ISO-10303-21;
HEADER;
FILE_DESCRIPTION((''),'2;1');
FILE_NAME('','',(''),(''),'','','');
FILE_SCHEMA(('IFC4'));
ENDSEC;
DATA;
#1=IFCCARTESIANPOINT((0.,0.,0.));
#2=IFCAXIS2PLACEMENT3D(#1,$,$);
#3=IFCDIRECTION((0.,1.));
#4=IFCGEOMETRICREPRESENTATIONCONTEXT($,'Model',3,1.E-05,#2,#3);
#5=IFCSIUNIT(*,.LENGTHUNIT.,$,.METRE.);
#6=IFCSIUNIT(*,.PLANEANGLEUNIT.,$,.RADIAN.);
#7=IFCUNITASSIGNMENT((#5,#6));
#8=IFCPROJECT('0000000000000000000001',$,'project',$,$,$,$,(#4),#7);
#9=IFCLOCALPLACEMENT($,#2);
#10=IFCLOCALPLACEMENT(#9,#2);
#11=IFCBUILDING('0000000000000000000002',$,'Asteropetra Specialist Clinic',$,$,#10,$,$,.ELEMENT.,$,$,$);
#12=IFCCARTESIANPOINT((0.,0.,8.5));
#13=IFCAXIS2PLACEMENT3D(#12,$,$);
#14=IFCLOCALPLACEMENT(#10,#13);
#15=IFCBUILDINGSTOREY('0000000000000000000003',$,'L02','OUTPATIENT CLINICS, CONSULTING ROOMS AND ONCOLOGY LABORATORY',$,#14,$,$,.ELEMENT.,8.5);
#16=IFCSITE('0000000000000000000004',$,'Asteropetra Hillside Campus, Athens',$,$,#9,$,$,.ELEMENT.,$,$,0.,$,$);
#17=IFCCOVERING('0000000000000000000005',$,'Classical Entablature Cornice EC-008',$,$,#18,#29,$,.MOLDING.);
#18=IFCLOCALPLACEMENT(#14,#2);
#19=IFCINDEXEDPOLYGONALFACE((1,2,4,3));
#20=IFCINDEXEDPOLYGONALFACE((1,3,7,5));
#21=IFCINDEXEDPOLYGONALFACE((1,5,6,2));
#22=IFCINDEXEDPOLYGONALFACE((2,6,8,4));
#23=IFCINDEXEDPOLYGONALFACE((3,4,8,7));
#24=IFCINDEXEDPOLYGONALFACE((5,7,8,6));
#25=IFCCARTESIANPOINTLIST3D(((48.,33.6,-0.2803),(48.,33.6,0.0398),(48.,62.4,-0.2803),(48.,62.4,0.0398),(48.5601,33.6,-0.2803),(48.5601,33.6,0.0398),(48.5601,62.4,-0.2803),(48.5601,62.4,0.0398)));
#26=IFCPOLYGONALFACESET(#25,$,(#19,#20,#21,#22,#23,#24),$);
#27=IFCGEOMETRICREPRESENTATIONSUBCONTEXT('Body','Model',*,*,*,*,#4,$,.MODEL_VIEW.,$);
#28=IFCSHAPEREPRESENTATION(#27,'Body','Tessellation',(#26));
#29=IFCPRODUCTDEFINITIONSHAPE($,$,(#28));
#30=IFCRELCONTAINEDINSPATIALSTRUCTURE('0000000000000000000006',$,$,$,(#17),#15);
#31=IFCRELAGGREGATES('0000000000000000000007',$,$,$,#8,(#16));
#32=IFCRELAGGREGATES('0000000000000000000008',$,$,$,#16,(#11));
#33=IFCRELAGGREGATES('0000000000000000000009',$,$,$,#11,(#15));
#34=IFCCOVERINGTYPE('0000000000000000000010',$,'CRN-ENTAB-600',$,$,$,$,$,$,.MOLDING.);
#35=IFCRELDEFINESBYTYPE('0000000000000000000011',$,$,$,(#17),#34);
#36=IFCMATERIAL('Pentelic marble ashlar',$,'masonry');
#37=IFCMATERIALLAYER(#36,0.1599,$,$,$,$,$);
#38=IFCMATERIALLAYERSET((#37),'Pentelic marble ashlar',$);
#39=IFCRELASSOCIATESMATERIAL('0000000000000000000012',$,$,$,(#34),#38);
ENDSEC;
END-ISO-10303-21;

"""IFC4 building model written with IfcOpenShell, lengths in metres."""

from ifc_helpers import new_model, si_unit, direction, frame, origin, origin_2d, place, context, subcontext, project, spatial, rectangle, extrude, material, layer, layer_set, type_object, element, save


model = new_model("IFC4")

# Units and contexts
model_context = context("Model", 3, precision=1e-05, world=origin(), true_north=direction((0.0, 1.0)))
body_context = subcontext(model_context, "Body", "Model", "MODEL_VIEW")
ifc_project = project(units=[si_unit("LENGTHUNIT", "METRE"), si_unit("PLANEANGLEUNIT", "RADIAN")], contexts=[model_context])

# Site, building, storey
site_placement = place(None, origin())
site = spatial("IfcSite", under=ifc_project, at=site_placement, Name="Asteropetra Hillside Campus, Athens", CompositionType="ELEMENT", RefElevation=0.0)
building_placement = place(site_placement, origin())
building = spatial("IfcBuilding", under=site, at=building_placement, Name="Asteropetra Specialist Clinic", CompositionType="ELEMENT")
storey_placement = place(building_placement, frame((0.0, 0.0, 8.5)))
storey = spatial("IfcBuildingStorey", under=building, at=storey_placement, Name="L02", Description="OUTPATIENT CLINICS, CONSULTING ROOMS AND ONCOLOGY LABORATORY", CompositionType="ELEMENT", Elevation=8.5)

# Covering
ifc_material_1 = material(Name="Pentelic marble ashlar", Category="masonry")
ifc_layer_1 = layer(ifc_material_1, 0.1599)
ifc_layer_set_1 = layer_set([ifc_layer_1], Name="Pentelic marble ashlar")
covering_type = type_object("IfcCoveringType", Name="CRN-ENTAB-600", PredefinedType="MOLDING", material=ifc_layer_set_1)
covering_1_placement = place(storey_placement, frame((48.28, 48.0, -0.2803), z_axis=(0.0, 0.0, 1.0), x_axis=(1.0, 0.0, 0.0)))
element("IfcCovering", 1, at=covering_1_placement, inside=storey, type_object=covering_type, Name="Classical Entablature Cornice EC-008", PredefinedType="MOLDING", context=body_context, shape_type="SweptSolid", body=[
    extrude(rectangle(XDim=0.5601, YDim=28.8, at=origin_2d()), origin(), (0.0, 0.0, 1.0), 0.3201),
])

save(model, "model.ifc")
